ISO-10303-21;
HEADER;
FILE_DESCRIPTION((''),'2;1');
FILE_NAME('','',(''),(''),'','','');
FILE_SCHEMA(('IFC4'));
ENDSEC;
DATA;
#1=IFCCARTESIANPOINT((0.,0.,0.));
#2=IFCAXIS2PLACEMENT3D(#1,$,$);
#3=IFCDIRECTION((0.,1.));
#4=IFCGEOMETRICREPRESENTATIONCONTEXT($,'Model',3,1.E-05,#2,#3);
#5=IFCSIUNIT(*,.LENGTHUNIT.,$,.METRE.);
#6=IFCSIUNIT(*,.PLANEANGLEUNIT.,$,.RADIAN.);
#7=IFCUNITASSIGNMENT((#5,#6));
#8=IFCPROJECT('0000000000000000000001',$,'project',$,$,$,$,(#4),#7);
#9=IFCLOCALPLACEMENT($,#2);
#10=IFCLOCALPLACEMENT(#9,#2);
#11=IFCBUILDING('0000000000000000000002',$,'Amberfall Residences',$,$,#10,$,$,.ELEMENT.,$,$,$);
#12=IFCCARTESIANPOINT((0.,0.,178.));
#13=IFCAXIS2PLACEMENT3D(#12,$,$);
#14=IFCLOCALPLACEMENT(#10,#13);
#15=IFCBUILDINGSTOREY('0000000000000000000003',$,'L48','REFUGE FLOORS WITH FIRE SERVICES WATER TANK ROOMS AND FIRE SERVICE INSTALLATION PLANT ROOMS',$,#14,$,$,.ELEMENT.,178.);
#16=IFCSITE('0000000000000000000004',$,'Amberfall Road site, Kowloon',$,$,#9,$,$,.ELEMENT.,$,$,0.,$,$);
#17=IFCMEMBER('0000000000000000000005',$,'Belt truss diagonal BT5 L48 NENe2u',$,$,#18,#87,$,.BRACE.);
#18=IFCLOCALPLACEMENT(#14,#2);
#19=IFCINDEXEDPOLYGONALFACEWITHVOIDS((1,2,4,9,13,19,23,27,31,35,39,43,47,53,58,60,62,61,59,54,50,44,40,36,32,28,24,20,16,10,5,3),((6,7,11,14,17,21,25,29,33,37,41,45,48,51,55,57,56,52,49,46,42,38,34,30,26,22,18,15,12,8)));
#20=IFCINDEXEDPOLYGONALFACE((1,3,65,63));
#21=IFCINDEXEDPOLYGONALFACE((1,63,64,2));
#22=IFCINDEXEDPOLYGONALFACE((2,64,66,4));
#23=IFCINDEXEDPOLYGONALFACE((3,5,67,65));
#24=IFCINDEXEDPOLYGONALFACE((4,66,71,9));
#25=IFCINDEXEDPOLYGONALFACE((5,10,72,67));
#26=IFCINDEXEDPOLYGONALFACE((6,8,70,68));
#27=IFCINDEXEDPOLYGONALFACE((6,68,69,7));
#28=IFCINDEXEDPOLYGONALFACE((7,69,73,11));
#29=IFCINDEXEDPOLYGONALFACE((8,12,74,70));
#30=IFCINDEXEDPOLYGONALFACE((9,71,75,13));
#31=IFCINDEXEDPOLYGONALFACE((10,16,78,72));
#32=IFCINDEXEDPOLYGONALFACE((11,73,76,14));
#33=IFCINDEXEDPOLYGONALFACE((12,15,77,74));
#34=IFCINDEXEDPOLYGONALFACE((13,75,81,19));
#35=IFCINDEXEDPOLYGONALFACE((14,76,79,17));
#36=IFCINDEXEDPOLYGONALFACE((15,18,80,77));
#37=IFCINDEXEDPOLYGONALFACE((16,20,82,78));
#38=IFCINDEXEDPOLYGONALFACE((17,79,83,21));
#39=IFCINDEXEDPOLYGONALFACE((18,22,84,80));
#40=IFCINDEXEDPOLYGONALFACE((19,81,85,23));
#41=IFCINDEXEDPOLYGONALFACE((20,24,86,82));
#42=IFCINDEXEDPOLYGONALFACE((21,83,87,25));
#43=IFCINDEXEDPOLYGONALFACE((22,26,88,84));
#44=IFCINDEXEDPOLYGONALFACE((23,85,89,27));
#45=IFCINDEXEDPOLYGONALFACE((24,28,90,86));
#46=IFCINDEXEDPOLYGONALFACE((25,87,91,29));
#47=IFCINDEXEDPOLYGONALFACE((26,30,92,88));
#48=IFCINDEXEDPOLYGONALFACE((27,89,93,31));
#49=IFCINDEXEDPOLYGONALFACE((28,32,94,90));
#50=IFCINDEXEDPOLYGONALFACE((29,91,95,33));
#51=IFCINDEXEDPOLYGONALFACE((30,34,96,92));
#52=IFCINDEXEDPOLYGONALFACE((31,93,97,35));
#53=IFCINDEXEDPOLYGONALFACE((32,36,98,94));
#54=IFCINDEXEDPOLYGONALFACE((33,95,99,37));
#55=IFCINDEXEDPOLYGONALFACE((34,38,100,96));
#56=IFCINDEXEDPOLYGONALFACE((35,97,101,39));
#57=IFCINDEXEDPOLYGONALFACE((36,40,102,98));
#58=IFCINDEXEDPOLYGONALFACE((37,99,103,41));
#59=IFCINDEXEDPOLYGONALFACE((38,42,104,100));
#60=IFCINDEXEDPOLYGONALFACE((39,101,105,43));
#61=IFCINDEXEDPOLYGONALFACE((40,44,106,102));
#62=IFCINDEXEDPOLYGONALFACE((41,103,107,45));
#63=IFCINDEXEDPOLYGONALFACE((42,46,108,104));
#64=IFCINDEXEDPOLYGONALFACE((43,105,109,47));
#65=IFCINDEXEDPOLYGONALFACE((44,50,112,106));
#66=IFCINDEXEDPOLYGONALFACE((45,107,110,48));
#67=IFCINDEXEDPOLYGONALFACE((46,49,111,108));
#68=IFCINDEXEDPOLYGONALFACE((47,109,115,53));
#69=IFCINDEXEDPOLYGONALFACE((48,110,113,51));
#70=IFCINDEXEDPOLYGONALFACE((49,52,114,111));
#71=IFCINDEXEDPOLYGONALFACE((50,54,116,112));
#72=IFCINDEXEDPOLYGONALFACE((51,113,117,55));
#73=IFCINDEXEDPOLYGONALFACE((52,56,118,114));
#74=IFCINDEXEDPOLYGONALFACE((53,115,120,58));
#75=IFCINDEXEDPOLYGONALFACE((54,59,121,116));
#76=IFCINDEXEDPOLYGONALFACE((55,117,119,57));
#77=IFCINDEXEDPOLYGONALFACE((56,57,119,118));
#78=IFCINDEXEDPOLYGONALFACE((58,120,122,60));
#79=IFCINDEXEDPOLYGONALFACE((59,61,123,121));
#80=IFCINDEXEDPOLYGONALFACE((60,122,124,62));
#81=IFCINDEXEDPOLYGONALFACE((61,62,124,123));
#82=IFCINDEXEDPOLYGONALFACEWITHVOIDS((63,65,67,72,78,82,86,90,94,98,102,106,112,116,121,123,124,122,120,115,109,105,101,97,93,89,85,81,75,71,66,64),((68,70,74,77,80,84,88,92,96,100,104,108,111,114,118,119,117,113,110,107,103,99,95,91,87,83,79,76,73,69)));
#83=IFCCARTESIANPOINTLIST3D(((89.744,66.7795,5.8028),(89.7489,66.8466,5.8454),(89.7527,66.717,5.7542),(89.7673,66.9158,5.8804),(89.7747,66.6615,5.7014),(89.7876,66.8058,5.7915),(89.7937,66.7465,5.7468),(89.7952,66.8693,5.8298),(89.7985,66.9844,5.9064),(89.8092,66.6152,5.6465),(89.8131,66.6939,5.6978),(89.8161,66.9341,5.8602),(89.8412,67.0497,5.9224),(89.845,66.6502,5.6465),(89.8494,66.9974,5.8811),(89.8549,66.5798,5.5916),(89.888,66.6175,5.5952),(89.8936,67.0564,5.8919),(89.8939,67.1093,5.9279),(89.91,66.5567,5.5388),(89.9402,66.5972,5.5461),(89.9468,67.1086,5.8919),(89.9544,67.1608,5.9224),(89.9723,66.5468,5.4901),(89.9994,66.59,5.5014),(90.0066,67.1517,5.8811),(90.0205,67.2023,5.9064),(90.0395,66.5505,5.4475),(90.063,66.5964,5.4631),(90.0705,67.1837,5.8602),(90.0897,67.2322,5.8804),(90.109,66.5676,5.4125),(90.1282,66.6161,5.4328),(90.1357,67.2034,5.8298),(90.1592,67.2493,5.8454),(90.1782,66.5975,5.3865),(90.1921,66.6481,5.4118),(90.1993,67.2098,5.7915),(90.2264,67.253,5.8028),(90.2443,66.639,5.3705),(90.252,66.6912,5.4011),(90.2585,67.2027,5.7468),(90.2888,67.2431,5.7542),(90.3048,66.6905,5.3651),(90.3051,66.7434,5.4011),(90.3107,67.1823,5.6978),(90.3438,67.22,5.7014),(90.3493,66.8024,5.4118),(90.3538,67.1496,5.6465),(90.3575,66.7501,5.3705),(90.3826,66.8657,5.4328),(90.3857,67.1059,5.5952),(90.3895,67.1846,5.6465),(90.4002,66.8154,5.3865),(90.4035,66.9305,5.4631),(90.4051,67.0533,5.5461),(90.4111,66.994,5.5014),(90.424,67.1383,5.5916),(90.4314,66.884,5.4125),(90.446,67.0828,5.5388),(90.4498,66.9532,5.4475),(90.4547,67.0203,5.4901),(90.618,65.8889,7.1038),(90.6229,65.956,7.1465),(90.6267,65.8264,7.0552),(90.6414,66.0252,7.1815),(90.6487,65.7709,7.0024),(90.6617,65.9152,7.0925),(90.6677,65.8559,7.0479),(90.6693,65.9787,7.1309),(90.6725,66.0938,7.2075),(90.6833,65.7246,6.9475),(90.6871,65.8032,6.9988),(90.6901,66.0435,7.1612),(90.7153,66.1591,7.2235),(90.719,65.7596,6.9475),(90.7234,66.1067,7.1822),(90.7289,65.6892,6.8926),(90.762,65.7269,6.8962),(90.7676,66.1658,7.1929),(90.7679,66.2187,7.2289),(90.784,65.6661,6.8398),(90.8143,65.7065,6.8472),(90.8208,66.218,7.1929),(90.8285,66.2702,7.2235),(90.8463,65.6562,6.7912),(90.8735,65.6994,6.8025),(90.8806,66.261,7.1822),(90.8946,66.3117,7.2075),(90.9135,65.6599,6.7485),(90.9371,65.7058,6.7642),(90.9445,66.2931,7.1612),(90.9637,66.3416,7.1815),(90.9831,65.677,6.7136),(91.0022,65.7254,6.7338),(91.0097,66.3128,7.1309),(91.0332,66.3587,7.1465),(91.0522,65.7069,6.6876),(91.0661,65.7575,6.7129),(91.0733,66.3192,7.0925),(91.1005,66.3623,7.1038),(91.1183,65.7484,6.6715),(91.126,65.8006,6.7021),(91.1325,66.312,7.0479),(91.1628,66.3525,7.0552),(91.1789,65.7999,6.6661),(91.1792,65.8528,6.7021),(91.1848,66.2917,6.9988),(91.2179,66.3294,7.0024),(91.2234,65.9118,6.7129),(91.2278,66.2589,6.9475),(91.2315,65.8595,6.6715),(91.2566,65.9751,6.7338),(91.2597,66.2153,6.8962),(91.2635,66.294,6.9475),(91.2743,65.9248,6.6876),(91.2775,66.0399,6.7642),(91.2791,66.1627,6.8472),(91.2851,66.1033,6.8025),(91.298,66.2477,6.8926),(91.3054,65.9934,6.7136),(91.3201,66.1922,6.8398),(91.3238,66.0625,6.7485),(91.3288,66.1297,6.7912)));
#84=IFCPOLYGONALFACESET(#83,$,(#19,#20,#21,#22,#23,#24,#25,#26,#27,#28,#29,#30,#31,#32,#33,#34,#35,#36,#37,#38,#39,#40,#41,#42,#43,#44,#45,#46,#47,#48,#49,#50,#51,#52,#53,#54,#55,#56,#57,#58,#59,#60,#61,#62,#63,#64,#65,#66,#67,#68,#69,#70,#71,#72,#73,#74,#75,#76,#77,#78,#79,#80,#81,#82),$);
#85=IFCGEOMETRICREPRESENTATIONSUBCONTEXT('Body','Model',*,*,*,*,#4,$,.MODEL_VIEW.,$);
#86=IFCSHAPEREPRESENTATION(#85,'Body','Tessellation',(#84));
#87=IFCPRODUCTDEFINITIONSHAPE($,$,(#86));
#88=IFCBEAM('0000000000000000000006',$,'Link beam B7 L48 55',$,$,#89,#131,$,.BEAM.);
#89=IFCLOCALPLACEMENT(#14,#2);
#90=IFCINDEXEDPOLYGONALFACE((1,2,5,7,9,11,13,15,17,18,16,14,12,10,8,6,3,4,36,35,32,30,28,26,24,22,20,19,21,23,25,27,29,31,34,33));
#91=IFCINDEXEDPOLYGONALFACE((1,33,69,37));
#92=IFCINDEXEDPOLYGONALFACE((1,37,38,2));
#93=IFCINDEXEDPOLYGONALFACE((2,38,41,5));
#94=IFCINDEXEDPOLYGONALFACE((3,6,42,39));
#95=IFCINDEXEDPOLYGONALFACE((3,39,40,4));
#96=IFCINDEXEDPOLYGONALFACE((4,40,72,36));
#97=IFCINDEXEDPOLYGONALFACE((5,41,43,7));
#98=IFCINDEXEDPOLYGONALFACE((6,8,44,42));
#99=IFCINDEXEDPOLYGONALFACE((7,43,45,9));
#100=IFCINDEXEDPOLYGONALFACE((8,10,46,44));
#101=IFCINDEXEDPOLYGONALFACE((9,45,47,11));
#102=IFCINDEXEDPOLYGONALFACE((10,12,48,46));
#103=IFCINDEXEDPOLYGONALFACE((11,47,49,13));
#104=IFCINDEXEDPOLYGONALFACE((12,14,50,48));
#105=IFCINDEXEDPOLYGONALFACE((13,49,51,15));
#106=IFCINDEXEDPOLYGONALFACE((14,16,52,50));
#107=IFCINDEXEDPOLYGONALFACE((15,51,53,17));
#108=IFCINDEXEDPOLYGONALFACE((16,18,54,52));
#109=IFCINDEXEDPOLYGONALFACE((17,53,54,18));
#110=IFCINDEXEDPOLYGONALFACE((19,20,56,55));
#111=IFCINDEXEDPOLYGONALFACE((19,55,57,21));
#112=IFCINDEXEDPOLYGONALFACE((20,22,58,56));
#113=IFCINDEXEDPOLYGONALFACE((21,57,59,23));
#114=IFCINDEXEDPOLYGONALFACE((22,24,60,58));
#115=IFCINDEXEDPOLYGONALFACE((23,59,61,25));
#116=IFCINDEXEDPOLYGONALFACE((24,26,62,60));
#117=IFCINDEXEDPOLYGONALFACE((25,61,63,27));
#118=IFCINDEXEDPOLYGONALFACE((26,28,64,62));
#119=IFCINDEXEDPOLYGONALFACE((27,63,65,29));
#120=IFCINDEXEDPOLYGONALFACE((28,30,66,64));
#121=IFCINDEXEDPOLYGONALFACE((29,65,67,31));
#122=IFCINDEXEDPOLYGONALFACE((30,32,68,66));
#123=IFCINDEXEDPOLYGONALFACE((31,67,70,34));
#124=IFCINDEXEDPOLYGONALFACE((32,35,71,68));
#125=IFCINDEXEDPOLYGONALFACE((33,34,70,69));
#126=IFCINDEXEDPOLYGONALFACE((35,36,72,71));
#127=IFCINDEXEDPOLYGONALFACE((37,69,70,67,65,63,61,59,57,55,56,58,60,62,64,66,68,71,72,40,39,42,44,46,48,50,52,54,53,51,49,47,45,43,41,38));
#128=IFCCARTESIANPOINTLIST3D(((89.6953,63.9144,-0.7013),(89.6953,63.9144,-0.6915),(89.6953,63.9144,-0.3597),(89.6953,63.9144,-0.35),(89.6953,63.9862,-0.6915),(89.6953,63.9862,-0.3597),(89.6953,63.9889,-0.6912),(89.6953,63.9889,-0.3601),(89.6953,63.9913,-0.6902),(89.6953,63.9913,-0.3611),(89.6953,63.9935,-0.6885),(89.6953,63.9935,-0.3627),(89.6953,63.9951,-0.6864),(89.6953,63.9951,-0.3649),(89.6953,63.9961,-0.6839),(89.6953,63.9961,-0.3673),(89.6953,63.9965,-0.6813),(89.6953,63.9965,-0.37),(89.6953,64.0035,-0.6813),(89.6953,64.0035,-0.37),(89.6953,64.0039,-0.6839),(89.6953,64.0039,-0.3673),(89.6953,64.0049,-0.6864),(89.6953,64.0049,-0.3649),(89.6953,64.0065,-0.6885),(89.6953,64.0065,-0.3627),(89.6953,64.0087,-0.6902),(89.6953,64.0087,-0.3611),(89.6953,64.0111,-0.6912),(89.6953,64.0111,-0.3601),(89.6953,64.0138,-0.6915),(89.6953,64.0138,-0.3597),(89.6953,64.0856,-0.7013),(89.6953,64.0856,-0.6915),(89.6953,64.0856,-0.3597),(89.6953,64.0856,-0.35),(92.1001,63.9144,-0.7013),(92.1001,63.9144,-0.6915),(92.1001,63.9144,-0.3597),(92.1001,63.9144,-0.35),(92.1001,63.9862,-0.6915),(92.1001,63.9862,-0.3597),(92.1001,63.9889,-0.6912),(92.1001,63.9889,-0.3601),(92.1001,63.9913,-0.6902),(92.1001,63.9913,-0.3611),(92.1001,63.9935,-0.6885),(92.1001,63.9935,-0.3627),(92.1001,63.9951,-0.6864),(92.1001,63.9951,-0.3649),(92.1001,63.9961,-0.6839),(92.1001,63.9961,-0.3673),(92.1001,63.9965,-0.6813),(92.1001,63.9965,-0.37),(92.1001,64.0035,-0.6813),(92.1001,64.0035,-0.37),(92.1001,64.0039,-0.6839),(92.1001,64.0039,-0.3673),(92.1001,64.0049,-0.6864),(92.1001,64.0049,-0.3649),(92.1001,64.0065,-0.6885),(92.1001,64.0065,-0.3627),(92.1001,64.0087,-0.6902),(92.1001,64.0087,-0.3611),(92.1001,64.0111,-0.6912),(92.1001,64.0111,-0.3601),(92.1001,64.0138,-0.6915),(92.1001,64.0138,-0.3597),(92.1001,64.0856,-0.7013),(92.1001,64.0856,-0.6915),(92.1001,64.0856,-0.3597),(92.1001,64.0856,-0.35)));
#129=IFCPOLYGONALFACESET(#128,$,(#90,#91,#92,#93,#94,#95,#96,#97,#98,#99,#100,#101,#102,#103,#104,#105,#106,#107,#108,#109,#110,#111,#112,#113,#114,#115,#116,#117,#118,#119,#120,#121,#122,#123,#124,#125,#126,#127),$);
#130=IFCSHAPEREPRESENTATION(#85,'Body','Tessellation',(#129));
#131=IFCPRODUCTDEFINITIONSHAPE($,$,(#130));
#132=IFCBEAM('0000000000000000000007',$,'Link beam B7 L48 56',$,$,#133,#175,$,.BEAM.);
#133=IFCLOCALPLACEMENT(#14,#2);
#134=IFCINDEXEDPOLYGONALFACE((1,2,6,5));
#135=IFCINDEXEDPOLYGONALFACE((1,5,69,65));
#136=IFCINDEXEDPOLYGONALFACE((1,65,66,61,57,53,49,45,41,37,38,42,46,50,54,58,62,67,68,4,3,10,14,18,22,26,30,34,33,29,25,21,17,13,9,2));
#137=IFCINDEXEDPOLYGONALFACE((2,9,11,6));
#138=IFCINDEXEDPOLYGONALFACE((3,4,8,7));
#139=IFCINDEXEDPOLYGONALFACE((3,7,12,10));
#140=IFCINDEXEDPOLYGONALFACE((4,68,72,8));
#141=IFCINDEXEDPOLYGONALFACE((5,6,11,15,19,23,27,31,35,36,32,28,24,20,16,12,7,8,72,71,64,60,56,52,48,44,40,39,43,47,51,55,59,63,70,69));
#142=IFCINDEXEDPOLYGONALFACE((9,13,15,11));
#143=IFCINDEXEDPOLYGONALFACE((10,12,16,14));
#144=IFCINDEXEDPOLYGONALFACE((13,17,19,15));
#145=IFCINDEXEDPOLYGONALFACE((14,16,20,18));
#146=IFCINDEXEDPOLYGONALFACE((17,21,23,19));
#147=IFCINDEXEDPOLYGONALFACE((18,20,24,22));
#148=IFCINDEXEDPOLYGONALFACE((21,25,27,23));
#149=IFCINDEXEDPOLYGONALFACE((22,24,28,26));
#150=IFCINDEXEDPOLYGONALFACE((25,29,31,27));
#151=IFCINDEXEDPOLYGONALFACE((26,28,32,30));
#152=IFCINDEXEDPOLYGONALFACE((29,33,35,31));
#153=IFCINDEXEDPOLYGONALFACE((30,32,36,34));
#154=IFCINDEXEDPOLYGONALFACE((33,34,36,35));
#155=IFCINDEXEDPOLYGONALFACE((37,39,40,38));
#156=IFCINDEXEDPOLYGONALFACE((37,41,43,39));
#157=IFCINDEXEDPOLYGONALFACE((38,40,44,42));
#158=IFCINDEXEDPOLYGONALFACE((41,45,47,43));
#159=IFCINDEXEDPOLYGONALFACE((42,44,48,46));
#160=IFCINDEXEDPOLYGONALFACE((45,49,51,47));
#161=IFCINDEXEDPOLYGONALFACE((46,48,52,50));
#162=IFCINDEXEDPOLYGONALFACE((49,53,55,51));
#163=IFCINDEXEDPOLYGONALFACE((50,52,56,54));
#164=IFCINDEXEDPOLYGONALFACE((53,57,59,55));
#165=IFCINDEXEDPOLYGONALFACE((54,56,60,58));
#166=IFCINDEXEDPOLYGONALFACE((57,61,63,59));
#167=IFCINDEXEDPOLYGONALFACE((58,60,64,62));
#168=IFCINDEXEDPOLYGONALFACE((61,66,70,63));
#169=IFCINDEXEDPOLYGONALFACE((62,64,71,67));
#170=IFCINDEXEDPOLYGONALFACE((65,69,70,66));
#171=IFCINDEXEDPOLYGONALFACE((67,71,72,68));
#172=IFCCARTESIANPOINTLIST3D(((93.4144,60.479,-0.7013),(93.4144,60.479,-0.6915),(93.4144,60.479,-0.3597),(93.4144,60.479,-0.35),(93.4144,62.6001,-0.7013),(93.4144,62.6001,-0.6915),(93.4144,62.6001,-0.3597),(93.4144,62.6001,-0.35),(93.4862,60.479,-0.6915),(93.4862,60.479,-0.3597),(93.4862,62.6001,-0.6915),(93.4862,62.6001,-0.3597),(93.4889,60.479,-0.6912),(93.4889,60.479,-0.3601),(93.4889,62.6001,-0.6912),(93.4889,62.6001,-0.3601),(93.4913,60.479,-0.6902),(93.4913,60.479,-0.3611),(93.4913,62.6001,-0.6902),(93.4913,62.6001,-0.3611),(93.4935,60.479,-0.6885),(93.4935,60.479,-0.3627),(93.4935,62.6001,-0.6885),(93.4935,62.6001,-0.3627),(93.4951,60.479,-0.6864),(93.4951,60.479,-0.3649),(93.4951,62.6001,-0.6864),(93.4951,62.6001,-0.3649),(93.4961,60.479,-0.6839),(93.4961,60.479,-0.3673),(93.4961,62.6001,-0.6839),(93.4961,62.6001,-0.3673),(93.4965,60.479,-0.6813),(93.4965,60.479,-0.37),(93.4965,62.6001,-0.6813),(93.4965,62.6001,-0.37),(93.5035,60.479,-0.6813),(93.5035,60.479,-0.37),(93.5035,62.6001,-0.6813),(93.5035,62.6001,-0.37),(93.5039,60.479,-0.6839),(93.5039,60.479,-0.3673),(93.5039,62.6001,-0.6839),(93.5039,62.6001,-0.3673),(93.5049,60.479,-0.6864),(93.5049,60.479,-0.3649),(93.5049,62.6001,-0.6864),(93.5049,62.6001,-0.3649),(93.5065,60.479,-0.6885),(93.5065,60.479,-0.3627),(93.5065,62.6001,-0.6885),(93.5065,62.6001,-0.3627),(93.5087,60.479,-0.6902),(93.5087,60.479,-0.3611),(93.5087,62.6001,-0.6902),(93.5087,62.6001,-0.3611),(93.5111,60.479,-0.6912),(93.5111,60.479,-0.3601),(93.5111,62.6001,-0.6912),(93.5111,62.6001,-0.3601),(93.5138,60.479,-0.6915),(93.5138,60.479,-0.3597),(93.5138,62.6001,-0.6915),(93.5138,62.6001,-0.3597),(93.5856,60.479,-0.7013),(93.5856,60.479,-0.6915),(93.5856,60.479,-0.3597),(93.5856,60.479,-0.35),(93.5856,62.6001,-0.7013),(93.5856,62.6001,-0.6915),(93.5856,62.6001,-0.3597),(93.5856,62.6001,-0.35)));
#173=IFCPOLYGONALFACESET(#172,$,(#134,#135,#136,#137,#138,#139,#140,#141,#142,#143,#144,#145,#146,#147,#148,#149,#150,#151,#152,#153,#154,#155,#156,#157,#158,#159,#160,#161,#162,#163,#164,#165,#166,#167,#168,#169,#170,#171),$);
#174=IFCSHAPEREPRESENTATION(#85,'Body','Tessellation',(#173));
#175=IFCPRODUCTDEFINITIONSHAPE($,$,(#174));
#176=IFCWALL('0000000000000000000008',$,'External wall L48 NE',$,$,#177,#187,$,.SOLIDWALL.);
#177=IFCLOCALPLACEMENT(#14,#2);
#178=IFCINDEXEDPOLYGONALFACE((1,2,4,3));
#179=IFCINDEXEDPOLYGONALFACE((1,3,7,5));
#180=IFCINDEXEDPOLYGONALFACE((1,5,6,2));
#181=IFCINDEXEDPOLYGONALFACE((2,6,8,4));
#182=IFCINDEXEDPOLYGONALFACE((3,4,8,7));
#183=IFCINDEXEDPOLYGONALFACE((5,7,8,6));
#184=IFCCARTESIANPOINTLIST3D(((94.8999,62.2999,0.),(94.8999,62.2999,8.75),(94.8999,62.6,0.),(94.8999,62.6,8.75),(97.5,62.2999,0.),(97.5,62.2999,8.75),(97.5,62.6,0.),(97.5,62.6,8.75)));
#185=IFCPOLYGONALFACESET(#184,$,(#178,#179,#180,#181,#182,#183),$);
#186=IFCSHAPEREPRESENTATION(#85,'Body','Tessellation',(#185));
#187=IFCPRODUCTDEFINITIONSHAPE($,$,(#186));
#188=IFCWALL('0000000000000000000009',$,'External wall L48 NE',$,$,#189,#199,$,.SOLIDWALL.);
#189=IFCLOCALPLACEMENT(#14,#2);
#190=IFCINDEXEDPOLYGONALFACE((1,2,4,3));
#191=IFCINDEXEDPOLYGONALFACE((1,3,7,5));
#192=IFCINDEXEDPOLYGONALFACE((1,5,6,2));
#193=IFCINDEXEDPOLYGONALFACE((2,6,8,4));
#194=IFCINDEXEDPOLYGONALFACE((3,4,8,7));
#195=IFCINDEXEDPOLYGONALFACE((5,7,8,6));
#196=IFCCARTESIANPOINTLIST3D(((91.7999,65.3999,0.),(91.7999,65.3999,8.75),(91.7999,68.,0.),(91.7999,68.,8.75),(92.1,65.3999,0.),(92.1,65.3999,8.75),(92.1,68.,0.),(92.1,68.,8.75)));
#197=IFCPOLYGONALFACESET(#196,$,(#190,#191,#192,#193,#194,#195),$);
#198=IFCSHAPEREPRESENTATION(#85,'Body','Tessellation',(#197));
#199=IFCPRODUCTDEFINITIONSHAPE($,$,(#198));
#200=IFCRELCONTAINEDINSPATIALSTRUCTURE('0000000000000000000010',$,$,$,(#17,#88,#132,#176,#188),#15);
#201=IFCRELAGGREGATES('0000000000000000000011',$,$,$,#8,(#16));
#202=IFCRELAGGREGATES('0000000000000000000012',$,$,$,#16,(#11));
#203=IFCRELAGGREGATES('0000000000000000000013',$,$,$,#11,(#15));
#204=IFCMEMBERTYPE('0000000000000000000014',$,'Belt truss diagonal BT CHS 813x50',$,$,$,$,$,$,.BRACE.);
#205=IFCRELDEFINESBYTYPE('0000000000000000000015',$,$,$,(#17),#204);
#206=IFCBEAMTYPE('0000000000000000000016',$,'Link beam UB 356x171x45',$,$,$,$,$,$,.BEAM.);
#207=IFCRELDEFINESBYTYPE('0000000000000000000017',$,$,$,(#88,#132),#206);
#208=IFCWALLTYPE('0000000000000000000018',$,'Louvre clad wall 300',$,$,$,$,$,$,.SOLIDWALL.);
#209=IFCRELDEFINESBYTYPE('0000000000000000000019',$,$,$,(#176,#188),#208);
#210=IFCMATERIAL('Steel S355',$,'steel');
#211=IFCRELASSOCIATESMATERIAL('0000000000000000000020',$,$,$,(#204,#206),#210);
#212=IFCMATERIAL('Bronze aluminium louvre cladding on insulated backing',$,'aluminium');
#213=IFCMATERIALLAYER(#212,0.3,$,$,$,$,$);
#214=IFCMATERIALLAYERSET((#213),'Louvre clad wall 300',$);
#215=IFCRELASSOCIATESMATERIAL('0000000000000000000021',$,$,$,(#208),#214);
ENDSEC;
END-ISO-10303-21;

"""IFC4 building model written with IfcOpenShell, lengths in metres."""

from ifc_helpers import new_model, si_unit, direction, frame, frame_2d, origin, origin_2d, place, context, subcontext, project, spatial, rectangle, hollow_circle, i_section, extrude, material, layer, layer_set, material_profile, profile_set, type_object, element, save


model = new_model("IFC4")

# Units and contexts
model_context = context("Model", 3, precision=1e-05, world=origin(), true_north=direction((0.0, 1.0)))
body_context = subcontext(model_context, "Body", "Model", "MODEL_VIEW")
ifc_project = project(units=[si_unit("LENGTHUNIT", "METRE"), si_unit("PLANEANGLEUNIT", "RADIAN")], contexts=[model_context])

# Site, building, storey
site_placement = place(None, origin())
site = spatial("IfcSite", under=ifc_project, at=site_placement, Name="Amberfall Road site, Kowloon", CompositionType="ELEMENT", RefElevation=0.0)
building_placement = place(site_placement, origin())
building = spatial("IfcBuilding", under=site, at=building_placement, Name="Amberfall Residences", CompositionType="ELEMENT")
storey_placement = place(building_placement, frame((0.0, 0.0, 178.0)))
storey = spatial("IfcBuildingStorey", under=building, at=storey_placement, Name="L48", Description="REFUGE FLOORS WITH FIRE SERVICES WATER TANK ROOMS AND FIRE SERVICE INSTALLATION PLANT ROOMS", CompositionType="ELEMENT", Elevation=178.0)

# Shared definitions
ifc_material_1 = material(Name="Steel S355", Category="steel")

# Member
ifc_material_profile_1 = material_profile(ifc_material_1, hollow_circle(Radius=0.4065, WallThickness=0.05, at=origin_2d()), Name="CHS 813x50")
ifc_profile_set_1 = profile_set([ifc_material_profile_1], Name="Steel S355")
member_type = type_object("IfcMemberType", Name="Belt truss diagonal BT CHS 813x50", PredefinedType="BRACE", material=ifc_profile_set_1)
member_1_placement = place(storey_placement, frame((90.9734, 66.0093, 6.9475), z_axis=(-0.484836, 0.494045, -0.721702), x_axis=(-0.713728, -0.700423, 0.0)))
element("IfcMember", 1, at=member_1_placement, inside=storey, type_object=member_type, Name="Belt truss diagonal BT5 L48 NENe2u", PredefinedType="BRACE", context=body_context, shape_type="SweptSolid", body=[
    extrude(hollow_circle(Radius=0.4065, WallThickness=0.05, at=origin_2d()), origin(), (0.0, 0.0, 1.0), 1.8027),
])

# Beams
ifc_material_profile_2 = material_profile(ifc_material_1, i_section(OverallWidth=0.1711, OverallDepth=0.3513, WebThickness=0.0071, FlangeThickness=0.0098, FilletRadius=0.0103, at=origin_2d()), Name="UB 356x171x45")
ifc_profile_set_2 = profile_set([ifc_material_profile_2], Name="Steel S355")
beam_type_1 = type_object("IfcBeamType", Name="Link beam UB 356x171x45", PredefinedType="BEAM", material=ifc_profile_set_2)
beam_1_placement = place(storey_placement, frame((92.1001, 64.0, -0.5256), z_axis=(-1.0, 0.0, 0.0), x_axis=(0.0, -1.0, 0.0)))
element("IfcBeam", 2, at=beam_1_placement, inside=storey, type_object=beam_type_1, Name="Link beam B7 L48 55", PredefinedType="BEAM", context=body_context, shape_type="SweptSolid", body=[
    extrude(i_section(OverallWidth=0.1711, OverallDepth=0.3513, WebThickness=0.0071, FlangeThickness=0.0098, FilletRadius=0.0103, at=origin_2d()), origin(), (0.0, 0.0, 1.0), 2.4048),
])
beam_2_placement = place(storey_placement, frame((93.5, 62.6001, -0.5256), z_axis=(0.0, -1.0, 0.0), x_axis=(1.0, 0.0, 0.0)))
element("IfcBeam", 3, at=beam_2_placement, inside=storey, type_object=beam_type_1, Name="Link beam B7 L48 56", PredefinedType="BEAM", context=body_context, shape_type="SweptSolid", body=[
    extrude(i_section(OverallWidth=0.1711, OverallDepth=0.3513, WebThickness=0.0071, FlangeThickness=0.0098, FilletRadius=0.0103, at=origin_2d()), origin(), (0.0, 0.0, 1.0), 2.1211),
])

# Walls
ifc_material_2 = material(Name="Bronze aluminium louvre cladding on insulated backing", Category="aluminium")
ifc_layer = layer(ifc_material_2, 0.3)
ifc_layer_set = layer_set([ifc_layer], Name="Louvre clad wall 300")
wall_type = type_object("IfcWallType", Name="Louvre clad wall 300", PredefinedType="SOLIDWALL", material=ifc_layer_set)
for number, where, z_axis, x_axis, name in (
    (4, (97.5, 62.45, 0.0), (0.0, 0.0, 1.0), (-1.0, 0.0, 0.0), "External wall L48 NE"),
    (5, (91.95, 65.3999, 0.0), (0.0, 0.0, 1.0), (0.0, 1.0, 0.0), "External wall L48 NE"),
):
    element("IfcWall", number, at=place(storey_placement, frame(where, z_axis=z_axis, x_axis=x_axis)), inside=storey, type_object=wall_type, Name=name, PredefinedType="SOLIDWALL", context=body_context, shape_type="SweptSolid", body=[
        extrude(rectangle(XDim=2.6001, YDim=0.3, at=frame_2d((1.3, 0.0))), origin(), (0.0, 0.0, 1.0), 8.75),
    ])

save(model, "model.ifc")
